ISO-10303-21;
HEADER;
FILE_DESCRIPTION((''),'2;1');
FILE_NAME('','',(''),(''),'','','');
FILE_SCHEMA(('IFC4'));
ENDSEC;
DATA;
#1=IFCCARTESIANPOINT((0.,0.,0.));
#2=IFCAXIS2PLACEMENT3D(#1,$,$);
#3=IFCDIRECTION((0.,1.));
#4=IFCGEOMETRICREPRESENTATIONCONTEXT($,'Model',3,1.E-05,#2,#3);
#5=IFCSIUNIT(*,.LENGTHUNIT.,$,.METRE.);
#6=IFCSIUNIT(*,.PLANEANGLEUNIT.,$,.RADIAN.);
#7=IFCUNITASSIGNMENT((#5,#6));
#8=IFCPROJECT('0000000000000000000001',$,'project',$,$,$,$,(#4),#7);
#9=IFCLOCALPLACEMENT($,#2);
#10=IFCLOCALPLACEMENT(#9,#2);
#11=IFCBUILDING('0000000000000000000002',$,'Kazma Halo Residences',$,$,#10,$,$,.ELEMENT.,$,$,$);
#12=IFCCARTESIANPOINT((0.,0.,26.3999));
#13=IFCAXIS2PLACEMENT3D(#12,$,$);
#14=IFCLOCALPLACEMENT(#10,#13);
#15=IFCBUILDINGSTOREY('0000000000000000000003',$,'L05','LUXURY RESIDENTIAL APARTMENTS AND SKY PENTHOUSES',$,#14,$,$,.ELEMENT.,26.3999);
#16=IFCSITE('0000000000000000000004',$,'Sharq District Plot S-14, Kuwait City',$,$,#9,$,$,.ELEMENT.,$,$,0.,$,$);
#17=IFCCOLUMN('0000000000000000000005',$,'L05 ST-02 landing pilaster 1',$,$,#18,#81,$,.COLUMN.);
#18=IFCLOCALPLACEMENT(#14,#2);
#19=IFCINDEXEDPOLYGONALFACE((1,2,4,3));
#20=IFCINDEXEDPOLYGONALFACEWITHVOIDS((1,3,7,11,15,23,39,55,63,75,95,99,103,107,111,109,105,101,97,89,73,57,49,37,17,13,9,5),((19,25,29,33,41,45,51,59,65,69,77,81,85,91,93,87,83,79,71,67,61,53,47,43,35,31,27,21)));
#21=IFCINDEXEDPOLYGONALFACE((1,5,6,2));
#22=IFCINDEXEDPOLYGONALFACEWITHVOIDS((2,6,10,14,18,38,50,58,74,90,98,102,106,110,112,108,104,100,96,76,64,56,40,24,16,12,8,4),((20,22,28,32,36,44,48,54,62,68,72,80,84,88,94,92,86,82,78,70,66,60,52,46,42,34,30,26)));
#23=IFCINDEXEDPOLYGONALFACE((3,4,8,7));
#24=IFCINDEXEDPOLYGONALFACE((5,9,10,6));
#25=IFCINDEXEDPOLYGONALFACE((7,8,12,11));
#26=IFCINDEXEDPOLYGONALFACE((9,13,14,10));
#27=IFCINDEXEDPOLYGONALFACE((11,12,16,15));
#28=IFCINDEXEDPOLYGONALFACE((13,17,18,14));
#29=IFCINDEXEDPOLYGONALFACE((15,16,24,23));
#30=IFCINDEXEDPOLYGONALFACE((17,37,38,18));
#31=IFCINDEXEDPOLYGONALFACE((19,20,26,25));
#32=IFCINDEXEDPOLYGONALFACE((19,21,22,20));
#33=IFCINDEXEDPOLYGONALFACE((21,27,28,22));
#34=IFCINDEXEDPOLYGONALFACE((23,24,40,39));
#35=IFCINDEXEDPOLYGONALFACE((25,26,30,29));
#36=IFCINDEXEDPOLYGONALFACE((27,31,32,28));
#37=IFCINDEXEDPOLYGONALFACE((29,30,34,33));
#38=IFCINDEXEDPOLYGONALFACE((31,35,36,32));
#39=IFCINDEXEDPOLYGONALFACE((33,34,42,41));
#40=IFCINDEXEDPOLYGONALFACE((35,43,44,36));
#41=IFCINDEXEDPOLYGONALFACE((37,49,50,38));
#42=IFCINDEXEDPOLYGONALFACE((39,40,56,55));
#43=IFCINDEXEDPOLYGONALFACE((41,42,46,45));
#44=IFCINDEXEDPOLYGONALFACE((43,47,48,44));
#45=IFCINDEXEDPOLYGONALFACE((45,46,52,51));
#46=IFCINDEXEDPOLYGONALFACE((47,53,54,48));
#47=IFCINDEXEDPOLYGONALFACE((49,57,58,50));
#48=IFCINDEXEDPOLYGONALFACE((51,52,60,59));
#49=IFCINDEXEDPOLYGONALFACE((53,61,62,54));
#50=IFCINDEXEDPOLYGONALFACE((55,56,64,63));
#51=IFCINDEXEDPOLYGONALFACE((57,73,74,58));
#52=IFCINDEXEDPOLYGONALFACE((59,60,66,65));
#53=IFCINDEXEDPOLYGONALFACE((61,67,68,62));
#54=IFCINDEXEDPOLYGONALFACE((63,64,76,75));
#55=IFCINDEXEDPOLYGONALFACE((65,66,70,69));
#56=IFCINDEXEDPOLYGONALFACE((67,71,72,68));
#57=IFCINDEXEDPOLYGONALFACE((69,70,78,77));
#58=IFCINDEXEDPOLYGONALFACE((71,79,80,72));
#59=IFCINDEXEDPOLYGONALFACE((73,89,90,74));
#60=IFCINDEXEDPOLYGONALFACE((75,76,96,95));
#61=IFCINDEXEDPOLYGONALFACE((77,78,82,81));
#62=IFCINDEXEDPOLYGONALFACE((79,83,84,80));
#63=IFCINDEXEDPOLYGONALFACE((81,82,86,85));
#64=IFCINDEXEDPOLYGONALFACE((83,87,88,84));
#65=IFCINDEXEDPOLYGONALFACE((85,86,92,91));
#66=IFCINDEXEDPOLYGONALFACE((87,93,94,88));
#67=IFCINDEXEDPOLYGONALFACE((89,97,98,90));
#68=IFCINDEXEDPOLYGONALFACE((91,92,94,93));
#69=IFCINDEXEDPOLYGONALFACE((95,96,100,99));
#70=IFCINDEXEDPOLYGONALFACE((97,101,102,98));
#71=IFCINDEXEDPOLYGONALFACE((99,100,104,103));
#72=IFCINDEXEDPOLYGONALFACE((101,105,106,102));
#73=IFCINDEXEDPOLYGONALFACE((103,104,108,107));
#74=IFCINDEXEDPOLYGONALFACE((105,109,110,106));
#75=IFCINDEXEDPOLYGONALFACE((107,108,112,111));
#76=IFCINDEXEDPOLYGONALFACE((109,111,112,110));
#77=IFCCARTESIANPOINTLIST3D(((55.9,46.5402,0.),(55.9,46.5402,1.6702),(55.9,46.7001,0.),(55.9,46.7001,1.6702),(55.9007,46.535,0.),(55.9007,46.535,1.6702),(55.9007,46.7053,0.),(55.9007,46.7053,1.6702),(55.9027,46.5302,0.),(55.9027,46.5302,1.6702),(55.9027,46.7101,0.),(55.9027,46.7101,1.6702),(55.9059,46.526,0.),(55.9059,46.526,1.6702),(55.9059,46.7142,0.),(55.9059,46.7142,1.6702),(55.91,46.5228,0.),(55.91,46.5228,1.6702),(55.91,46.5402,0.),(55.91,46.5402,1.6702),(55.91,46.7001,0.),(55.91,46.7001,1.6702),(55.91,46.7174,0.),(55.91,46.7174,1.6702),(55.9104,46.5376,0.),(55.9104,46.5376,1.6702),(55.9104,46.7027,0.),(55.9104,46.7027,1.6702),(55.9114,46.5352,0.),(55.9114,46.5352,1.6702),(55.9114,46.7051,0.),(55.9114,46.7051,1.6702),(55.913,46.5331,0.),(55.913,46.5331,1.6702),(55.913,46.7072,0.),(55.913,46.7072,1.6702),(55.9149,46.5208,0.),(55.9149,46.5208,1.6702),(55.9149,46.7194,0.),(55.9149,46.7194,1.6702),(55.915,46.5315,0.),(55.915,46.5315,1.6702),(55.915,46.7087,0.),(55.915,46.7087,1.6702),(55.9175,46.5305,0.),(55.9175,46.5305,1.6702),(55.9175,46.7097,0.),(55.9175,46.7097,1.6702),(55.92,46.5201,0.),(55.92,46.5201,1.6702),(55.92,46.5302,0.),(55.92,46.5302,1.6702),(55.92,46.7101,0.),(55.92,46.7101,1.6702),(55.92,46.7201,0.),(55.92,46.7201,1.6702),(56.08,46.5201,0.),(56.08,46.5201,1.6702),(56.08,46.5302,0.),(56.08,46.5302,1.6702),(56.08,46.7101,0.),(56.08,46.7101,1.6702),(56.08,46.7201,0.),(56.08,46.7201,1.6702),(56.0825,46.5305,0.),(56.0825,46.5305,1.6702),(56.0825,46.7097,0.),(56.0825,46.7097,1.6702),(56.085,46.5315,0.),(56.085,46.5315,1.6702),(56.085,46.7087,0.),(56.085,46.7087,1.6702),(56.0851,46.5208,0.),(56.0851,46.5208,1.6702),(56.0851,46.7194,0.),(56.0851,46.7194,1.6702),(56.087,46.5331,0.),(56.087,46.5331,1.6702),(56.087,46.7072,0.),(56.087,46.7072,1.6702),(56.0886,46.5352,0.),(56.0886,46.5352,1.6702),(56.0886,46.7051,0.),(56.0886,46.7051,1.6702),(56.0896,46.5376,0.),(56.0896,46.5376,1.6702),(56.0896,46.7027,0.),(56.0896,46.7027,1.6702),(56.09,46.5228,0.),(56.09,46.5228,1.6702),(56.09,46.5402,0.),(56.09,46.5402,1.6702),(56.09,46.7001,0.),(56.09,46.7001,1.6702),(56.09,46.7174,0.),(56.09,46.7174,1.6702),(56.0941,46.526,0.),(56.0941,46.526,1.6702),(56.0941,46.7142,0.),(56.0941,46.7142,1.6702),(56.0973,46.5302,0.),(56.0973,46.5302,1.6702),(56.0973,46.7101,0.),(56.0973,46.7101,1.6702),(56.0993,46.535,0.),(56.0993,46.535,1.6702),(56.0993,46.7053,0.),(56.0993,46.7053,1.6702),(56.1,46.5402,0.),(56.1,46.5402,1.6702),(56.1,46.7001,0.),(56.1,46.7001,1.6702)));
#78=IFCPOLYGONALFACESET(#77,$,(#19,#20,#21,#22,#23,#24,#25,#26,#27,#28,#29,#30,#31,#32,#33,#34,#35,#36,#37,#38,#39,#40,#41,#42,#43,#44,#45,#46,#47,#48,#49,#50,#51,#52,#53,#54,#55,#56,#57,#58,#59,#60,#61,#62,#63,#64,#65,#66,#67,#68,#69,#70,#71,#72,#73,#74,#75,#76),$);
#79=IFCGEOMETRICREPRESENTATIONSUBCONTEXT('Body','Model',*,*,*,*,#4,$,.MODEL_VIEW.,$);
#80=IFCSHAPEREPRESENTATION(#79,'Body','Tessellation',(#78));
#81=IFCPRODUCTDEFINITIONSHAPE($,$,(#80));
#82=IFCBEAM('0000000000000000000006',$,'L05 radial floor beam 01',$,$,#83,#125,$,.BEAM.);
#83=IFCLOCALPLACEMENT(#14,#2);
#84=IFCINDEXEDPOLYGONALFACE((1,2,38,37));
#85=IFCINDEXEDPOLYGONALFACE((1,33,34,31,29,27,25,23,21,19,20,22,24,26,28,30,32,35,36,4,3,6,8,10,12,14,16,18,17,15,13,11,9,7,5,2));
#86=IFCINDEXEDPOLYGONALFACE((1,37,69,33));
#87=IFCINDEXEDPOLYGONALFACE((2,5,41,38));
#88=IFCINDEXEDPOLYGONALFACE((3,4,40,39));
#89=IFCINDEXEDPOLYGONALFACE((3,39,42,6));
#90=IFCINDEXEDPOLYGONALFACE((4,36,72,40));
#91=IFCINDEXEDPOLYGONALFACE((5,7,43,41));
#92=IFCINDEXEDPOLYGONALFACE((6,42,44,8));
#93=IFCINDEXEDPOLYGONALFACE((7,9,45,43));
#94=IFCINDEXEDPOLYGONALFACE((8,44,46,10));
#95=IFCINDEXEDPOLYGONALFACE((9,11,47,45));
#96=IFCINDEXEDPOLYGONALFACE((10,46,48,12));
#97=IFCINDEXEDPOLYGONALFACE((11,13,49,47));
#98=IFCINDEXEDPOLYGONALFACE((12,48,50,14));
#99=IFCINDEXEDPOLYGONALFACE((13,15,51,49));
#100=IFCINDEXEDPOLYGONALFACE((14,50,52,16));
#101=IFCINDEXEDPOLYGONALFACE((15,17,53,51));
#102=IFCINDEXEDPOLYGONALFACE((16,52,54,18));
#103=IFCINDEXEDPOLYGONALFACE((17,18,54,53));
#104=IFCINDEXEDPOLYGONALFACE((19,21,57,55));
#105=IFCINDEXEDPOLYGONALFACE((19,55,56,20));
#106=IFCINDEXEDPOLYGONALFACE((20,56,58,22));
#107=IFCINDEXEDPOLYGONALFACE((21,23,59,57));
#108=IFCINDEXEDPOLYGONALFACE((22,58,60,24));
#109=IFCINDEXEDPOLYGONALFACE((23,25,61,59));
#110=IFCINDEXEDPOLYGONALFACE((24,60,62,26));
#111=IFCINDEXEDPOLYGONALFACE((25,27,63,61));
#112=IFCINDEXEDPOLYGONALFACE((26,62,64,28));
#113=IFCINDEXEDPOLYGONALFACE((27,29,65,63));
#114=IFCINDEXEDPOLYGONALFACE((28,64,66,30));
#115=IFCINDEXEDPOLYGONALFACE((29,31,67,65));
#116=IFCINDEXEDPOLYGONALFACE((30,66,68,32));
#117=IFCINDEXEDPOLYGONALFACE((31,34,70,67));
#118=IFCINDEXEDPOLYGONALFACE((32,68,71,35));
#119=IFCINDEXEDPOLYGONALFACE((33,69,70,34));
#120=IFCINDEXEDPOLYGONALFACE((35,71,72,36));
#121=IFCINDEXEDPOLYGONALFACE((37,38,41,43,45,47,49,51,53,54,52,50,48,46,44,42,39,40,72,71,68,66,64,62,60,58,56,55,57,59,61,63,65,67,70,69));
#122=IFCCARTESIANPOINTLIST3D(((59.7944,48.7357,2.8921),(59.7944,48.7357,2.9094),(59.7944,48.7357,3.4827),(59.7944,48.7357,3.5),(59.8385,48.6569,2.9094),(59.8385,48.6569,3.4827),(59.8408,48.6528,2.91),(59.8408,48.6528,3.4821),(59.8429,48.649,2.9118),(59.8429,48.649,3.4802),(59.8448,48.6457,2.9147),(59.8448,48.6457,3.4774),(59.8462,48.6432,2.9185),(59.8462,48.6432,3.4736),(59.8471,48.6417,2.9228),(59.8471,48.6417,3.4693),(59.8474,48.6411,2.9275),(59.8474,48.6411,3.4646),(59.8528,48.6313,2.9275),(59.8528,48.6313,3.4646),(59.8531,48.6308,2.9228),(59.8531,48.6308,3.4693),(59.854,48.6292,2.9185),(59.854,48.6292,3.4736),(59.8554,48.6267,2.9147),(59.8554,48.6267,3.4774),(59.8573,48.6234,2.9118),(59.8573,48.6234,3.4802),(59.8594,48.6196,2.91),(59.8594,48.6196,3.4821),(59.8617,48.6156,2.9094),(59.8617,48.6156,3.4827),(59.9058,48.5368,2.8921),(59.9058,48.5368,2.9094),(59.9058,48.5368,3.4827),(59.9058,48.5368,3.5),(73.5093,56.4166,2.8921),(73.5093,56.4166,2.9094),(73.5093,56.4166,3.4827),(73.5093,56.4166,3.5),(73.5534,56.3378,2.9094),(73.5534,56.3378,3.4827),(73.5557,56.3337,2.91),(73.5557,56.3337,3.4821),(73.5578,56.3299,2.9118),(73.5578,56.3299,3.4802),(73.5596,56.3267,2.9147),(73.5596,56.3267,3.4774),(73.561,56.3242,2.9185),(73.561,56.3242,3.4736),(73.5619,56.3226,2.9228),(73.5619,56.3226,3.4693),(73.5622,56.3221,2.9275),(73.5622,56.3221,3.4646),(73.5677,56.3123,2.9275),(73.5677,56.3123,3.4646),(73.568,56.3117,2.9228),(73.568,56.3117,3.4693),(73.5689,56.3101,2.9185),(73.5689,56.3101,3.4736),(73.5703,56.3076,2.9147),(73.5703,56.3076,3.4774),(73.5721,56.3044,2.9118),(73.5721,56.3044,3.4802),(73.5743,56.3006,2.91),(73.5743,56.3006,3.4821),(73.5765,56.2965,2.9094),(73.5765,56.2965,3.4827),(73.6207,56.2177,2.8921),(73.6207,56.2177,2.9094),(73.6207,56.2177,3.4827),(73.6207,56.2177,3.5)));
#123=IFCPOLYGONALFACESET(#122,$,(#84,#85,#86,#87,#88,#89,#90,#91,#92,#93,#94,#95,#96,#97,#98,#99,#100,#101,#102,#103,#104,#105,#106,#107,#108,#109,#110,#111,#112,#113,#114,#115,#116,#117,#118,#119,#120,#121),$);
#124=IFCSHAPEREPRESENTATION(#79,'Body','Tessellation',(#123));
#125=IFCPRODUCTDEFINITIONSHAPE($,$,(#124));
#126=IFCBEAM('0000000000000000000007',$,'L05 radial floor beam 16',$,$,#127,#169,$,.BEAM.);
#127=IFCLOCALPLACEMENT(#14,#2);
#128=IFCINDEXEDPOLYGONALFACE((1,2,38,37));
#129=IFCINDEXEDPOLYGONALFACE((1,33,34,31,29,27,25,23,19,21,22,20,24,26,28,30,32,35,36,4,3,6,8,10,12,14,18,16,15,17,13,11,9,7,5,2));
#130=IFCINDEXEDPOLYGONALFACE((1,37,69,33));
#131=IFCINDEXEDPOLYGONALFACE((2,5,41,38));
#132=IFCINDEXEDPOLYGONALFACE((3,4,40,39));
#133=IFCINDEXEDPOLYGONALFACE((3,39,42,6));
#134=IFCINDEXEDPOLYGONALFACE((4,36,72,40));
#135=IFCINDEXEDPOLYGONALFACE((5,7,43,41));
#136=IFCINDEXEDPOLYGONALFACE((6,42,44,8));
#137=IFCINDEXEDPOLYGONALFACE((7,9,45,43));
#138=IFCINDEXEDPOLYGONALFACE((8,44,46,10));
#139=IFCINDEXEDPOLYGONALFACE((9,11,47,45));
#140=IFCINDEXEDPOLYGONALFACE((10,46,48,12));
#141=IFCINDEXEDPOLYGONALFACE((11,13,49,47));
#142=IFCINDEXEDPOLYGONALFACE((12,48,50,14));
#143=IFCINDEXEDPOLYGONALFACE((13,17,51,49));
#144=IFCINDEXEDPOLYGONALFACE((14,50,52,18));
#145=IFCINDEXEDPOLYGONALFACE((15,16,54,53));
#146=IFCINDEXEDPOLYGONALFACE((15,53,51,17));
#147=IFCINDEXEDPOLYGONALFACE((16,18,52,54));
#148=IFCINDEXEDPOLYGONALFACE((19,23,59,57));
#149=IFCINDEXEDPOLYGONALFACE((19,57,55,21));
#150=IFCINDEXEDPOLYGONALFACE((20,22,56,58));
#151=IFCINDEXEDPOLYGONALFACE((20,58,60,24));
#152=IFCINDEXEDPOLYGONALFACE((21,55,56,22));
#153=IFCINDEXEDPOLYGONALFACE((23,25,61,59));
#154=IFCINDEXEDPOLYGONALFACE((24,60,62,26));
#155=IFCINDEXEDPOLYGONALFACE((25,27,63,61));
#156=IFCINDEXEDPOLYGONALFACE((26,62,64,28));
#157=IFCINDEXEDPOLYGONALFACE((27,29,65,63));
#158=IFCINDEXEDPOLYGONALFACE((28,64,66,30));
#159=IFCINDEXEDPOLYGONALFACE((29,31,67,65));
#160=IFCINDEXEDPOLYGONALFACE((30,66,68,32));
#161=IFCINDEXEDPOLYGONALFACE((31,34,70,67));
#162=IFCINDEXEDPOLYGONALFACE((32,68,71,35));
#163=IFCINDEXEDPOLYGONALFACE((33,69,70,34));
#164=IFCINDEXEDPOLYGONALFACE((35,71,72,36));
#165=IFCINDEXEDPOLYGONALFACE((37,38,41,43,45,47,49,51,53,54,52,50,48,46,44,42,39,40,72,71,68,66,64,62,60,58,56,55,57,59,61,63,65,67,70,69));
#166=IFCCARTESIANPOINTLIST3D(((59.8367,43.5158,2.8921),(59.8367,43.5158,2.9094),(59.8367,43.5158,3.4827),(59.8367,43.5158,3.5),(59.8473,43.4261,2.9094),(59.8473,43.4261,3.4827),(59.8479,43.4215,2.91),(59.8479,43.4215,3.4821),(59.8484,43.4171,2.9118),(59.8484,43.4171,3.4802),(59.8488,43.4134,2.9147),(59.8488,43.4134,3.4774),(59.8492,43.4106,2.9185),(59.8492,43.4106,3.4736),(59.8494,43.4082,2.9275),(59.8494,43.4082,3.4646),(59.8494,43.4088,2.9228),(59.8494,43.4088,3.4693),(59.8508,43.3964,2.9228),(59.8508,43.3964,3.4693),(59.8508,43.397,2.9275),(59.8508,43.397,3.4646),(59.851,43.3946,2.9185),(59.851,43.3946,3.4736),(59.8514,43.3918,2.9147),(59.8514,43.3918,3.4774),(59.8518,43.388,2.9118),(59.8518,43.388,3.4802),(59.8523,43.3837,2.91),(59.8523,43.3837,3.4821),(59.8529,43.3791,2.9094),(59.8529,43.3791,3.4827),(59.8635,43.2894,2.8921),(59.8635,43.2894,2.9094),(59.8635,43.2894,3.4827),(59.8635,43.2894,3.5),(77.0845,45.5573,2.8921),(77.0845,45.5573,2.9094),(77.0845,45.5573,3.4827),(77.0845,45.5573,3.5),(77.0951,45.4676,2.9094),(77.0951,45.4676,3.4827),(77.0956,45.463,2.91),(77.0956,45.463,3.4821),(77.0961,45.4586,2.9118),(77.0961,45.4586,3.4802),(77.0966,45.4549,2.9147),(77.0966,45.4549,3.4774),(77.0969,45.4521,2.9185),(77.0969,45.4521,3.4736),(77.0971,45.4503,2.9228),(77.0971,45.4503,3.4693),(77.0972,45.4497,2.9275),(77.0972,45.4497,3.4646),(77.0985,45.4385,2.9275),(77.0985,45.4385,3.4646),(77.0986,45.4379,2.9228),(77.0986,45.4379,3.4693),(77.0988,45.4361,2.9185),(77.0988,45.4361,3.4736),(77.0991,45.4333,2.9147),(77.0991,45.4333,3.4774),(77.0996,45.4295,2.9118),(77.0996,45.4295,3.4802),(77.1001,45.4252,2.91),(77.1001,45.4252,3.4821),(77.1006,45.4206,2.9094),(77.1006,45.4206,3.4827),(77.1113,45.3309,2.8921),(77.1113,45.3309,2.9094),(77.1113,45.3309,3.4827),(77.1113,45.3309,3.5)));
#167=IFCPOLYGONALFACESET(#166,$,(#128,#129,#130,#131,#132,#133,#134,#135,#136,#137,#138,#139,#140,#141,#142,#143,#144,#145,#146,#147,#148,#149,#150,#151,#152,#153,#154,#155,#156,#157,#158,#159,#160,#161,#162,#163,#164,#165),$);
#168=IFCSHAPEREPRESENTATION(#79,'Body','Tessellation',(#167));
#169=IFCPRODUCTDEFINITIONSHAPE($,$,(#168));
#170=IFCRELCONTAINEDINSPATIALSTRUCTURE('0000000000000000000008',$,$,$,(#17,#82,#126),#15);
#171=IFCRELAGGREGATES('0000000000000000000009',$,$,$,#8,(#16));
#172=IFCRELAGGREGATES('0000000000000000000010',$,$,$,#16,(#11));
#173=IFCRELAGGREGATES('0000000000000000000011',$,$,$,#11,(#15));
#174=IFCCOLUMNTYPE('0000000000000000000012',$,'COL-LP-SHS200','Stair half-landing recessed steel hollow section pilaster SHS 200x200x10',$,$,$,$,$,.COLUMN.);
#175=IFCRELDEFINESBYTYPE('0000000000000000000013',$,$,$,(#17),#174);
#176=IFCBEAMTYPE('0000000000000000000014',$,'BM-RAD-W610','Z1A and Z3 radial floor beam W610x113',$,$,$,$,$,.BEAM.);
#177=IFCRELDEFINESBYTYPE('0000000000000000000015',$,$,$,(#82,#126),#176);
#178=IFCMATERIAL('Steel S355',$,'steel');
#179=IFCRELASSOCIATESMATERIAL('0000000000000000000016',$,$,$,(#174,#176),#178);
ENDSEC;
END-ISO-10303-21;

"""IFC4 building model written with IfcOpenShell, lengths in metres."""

from ifc_helpers import new_model, si_unit, direction, frame, origin, origin_2d, place, context, subcontext, project, spatial, hollow_rectangle, i_section, extrude, material, material_profile, profile_set, type_object, element, save


model = new_model("IFC4")

# Units and contexts
model_context = context("Model", 3, precision=1e-05, world=origin(), true_north=direction((0.0, 1.0)))
body_context = subcontext(model_context, "Body", "Model", "MODEL_VIEW")
ifc_project = project(units=[si_unit("LENGTHUNIT", "METRE"), si_unit("PLANEANGLEUNIT", "RADIAN")], contexts=[model_context])

# Site, building, storey
site_placement = place(None, origin())
site = spatial("IfcSite", under=ifc_project, at=site_placement, Name="Sharq District Plot S-14, Kuwait City", CompositionType="ELEMENT", RefElevation=0.0)
building_placement = place(site_placement, origin())
building = spatial("IfcBuilding", under=site, at=building_placement, Name="Kazma Halo Residences", CompositionType="ELEMENT")
storey_placement = place(building_placement, frame((0.0, 0.0, 26.3999)))
storey = spatial("IfcBuildingStorey", under=building, at=storey_placement, Name="L05", Description="LUXURY RESIDENTIAL APARTMENTS AND SKY PENTHOUSES", CompositionType="ELEMENT", Elevation=26.3999)

# Column
ifc_material_1 = material(Name="Steel S355", Category="steel")
ifc_material_profile_1 = material_profile(ifc_material_1, hollow_rectangle(XDim=0.2, YDim=0.2, WallThickness=0.01, InnerFilletRadius=0.01, OuterFilletRadius=0.02, at=origin_2d()), Name="SHS200x200x10")
ifc_profile_set_1 = profile_set([ifc_material_profile_1], Name="Steel S355")
column_type = type_object("IfcColumnType", Name="COL-LP-SHS200", Description="Stair half-landing recessed steel hollow section pilaster SHS 200x200x10", PredefinedType="COLUMN", material=ifc_profile_set_1)
column_placement = place(storey_placement, frame((56.0, 46.6201, 0.0), z_axis=(0.0, 0.0, 1.0), x_axis=(1.0, 0.0, 0.0)))
element("IfcColumn", 1, at=column_placement, inside=storey, type_object=column_type, Name="L05 ST-02 landing pilaster 1", PredefinedType="COLUMN", context=body_context, shape_type="SweptSolid", body=[
    extrude(hollow_rectangle(XDim=0.2, YDim=0.2, WallThickness=0.01, InnerFilletRadius=0.01, OuterFilletRadius=0.02, at=origin_2d()), origin(), (0.0, 0.0, 1.0), 1.6702),
])

# Beams
ifc_material_profile_2 = material_profile(ifc_material_1, i_section(OverallWidth=0.228, OverallDepth=0.6079, WebThickness=0.0112, FlangeThickness=0.0173, FilletRadius=0.0181, at=origin_2d()), Name="W610x113")
ifc_profile_set_2 = profile_set([ifc_material_profile_2], Name="Steel S355")
beam_type_1 = type_object("IfcBeamType", Name="BM-RAD-W610", Description="Z1A and Z3 radial floor beam W610x113", PredefinedType="BEAM", material=ifc_profile_set_2)
beam_1_placement = place(storey_placement, frame((59.8501, 48.6362, 3.196), z_axis=(0.87249, 0.488632, 0.0), x_axis=(-0.488632, 0.87249, 0.0)))
element("IfcBeam", 2, at=beam_1_placement, inside=storey, type_object=beam_type_1, Name="L05 radial floor beam 01", PredefinedType="BEAM", context=body_context, shape_type="SweptSolid", body=[
    extrude(i_section(OverallWidth=0.228, OverallDepth=0.6079, WebThickness=0.0112, FlangeThickness=0.0173, FilletRadius=0.0181, at=origin_2d()), origin(), (0.0, 0.0, 1.0), 15.7192),
])
beam_2_placement = place(storey_placement, frame((59.8501, 43.4026, 3.196), z_axis=(0.993068, 0.117543, 0.0), x_axis=(-0.117543, 0.993068, 0.0)))
element("IfcBeam", 3, at=beam_2_placement, inside=storey, type_object=beam_type_1, Name="L05 radial floor beam 16", PredefinedType="BEAM", context=body_context, shape_type="SweptSolid", body=[
    extrude(i_section(OverallWidth=0.228, OverallDepth=0.6079, WebThickness=0.0112, FlangeThickness=0.0173, FilletRadius=0.0181, at=origin_2d()), origin(), (0.0, 0.0, 1.0), 17.3682),
])

save(model, "model.ifc")
